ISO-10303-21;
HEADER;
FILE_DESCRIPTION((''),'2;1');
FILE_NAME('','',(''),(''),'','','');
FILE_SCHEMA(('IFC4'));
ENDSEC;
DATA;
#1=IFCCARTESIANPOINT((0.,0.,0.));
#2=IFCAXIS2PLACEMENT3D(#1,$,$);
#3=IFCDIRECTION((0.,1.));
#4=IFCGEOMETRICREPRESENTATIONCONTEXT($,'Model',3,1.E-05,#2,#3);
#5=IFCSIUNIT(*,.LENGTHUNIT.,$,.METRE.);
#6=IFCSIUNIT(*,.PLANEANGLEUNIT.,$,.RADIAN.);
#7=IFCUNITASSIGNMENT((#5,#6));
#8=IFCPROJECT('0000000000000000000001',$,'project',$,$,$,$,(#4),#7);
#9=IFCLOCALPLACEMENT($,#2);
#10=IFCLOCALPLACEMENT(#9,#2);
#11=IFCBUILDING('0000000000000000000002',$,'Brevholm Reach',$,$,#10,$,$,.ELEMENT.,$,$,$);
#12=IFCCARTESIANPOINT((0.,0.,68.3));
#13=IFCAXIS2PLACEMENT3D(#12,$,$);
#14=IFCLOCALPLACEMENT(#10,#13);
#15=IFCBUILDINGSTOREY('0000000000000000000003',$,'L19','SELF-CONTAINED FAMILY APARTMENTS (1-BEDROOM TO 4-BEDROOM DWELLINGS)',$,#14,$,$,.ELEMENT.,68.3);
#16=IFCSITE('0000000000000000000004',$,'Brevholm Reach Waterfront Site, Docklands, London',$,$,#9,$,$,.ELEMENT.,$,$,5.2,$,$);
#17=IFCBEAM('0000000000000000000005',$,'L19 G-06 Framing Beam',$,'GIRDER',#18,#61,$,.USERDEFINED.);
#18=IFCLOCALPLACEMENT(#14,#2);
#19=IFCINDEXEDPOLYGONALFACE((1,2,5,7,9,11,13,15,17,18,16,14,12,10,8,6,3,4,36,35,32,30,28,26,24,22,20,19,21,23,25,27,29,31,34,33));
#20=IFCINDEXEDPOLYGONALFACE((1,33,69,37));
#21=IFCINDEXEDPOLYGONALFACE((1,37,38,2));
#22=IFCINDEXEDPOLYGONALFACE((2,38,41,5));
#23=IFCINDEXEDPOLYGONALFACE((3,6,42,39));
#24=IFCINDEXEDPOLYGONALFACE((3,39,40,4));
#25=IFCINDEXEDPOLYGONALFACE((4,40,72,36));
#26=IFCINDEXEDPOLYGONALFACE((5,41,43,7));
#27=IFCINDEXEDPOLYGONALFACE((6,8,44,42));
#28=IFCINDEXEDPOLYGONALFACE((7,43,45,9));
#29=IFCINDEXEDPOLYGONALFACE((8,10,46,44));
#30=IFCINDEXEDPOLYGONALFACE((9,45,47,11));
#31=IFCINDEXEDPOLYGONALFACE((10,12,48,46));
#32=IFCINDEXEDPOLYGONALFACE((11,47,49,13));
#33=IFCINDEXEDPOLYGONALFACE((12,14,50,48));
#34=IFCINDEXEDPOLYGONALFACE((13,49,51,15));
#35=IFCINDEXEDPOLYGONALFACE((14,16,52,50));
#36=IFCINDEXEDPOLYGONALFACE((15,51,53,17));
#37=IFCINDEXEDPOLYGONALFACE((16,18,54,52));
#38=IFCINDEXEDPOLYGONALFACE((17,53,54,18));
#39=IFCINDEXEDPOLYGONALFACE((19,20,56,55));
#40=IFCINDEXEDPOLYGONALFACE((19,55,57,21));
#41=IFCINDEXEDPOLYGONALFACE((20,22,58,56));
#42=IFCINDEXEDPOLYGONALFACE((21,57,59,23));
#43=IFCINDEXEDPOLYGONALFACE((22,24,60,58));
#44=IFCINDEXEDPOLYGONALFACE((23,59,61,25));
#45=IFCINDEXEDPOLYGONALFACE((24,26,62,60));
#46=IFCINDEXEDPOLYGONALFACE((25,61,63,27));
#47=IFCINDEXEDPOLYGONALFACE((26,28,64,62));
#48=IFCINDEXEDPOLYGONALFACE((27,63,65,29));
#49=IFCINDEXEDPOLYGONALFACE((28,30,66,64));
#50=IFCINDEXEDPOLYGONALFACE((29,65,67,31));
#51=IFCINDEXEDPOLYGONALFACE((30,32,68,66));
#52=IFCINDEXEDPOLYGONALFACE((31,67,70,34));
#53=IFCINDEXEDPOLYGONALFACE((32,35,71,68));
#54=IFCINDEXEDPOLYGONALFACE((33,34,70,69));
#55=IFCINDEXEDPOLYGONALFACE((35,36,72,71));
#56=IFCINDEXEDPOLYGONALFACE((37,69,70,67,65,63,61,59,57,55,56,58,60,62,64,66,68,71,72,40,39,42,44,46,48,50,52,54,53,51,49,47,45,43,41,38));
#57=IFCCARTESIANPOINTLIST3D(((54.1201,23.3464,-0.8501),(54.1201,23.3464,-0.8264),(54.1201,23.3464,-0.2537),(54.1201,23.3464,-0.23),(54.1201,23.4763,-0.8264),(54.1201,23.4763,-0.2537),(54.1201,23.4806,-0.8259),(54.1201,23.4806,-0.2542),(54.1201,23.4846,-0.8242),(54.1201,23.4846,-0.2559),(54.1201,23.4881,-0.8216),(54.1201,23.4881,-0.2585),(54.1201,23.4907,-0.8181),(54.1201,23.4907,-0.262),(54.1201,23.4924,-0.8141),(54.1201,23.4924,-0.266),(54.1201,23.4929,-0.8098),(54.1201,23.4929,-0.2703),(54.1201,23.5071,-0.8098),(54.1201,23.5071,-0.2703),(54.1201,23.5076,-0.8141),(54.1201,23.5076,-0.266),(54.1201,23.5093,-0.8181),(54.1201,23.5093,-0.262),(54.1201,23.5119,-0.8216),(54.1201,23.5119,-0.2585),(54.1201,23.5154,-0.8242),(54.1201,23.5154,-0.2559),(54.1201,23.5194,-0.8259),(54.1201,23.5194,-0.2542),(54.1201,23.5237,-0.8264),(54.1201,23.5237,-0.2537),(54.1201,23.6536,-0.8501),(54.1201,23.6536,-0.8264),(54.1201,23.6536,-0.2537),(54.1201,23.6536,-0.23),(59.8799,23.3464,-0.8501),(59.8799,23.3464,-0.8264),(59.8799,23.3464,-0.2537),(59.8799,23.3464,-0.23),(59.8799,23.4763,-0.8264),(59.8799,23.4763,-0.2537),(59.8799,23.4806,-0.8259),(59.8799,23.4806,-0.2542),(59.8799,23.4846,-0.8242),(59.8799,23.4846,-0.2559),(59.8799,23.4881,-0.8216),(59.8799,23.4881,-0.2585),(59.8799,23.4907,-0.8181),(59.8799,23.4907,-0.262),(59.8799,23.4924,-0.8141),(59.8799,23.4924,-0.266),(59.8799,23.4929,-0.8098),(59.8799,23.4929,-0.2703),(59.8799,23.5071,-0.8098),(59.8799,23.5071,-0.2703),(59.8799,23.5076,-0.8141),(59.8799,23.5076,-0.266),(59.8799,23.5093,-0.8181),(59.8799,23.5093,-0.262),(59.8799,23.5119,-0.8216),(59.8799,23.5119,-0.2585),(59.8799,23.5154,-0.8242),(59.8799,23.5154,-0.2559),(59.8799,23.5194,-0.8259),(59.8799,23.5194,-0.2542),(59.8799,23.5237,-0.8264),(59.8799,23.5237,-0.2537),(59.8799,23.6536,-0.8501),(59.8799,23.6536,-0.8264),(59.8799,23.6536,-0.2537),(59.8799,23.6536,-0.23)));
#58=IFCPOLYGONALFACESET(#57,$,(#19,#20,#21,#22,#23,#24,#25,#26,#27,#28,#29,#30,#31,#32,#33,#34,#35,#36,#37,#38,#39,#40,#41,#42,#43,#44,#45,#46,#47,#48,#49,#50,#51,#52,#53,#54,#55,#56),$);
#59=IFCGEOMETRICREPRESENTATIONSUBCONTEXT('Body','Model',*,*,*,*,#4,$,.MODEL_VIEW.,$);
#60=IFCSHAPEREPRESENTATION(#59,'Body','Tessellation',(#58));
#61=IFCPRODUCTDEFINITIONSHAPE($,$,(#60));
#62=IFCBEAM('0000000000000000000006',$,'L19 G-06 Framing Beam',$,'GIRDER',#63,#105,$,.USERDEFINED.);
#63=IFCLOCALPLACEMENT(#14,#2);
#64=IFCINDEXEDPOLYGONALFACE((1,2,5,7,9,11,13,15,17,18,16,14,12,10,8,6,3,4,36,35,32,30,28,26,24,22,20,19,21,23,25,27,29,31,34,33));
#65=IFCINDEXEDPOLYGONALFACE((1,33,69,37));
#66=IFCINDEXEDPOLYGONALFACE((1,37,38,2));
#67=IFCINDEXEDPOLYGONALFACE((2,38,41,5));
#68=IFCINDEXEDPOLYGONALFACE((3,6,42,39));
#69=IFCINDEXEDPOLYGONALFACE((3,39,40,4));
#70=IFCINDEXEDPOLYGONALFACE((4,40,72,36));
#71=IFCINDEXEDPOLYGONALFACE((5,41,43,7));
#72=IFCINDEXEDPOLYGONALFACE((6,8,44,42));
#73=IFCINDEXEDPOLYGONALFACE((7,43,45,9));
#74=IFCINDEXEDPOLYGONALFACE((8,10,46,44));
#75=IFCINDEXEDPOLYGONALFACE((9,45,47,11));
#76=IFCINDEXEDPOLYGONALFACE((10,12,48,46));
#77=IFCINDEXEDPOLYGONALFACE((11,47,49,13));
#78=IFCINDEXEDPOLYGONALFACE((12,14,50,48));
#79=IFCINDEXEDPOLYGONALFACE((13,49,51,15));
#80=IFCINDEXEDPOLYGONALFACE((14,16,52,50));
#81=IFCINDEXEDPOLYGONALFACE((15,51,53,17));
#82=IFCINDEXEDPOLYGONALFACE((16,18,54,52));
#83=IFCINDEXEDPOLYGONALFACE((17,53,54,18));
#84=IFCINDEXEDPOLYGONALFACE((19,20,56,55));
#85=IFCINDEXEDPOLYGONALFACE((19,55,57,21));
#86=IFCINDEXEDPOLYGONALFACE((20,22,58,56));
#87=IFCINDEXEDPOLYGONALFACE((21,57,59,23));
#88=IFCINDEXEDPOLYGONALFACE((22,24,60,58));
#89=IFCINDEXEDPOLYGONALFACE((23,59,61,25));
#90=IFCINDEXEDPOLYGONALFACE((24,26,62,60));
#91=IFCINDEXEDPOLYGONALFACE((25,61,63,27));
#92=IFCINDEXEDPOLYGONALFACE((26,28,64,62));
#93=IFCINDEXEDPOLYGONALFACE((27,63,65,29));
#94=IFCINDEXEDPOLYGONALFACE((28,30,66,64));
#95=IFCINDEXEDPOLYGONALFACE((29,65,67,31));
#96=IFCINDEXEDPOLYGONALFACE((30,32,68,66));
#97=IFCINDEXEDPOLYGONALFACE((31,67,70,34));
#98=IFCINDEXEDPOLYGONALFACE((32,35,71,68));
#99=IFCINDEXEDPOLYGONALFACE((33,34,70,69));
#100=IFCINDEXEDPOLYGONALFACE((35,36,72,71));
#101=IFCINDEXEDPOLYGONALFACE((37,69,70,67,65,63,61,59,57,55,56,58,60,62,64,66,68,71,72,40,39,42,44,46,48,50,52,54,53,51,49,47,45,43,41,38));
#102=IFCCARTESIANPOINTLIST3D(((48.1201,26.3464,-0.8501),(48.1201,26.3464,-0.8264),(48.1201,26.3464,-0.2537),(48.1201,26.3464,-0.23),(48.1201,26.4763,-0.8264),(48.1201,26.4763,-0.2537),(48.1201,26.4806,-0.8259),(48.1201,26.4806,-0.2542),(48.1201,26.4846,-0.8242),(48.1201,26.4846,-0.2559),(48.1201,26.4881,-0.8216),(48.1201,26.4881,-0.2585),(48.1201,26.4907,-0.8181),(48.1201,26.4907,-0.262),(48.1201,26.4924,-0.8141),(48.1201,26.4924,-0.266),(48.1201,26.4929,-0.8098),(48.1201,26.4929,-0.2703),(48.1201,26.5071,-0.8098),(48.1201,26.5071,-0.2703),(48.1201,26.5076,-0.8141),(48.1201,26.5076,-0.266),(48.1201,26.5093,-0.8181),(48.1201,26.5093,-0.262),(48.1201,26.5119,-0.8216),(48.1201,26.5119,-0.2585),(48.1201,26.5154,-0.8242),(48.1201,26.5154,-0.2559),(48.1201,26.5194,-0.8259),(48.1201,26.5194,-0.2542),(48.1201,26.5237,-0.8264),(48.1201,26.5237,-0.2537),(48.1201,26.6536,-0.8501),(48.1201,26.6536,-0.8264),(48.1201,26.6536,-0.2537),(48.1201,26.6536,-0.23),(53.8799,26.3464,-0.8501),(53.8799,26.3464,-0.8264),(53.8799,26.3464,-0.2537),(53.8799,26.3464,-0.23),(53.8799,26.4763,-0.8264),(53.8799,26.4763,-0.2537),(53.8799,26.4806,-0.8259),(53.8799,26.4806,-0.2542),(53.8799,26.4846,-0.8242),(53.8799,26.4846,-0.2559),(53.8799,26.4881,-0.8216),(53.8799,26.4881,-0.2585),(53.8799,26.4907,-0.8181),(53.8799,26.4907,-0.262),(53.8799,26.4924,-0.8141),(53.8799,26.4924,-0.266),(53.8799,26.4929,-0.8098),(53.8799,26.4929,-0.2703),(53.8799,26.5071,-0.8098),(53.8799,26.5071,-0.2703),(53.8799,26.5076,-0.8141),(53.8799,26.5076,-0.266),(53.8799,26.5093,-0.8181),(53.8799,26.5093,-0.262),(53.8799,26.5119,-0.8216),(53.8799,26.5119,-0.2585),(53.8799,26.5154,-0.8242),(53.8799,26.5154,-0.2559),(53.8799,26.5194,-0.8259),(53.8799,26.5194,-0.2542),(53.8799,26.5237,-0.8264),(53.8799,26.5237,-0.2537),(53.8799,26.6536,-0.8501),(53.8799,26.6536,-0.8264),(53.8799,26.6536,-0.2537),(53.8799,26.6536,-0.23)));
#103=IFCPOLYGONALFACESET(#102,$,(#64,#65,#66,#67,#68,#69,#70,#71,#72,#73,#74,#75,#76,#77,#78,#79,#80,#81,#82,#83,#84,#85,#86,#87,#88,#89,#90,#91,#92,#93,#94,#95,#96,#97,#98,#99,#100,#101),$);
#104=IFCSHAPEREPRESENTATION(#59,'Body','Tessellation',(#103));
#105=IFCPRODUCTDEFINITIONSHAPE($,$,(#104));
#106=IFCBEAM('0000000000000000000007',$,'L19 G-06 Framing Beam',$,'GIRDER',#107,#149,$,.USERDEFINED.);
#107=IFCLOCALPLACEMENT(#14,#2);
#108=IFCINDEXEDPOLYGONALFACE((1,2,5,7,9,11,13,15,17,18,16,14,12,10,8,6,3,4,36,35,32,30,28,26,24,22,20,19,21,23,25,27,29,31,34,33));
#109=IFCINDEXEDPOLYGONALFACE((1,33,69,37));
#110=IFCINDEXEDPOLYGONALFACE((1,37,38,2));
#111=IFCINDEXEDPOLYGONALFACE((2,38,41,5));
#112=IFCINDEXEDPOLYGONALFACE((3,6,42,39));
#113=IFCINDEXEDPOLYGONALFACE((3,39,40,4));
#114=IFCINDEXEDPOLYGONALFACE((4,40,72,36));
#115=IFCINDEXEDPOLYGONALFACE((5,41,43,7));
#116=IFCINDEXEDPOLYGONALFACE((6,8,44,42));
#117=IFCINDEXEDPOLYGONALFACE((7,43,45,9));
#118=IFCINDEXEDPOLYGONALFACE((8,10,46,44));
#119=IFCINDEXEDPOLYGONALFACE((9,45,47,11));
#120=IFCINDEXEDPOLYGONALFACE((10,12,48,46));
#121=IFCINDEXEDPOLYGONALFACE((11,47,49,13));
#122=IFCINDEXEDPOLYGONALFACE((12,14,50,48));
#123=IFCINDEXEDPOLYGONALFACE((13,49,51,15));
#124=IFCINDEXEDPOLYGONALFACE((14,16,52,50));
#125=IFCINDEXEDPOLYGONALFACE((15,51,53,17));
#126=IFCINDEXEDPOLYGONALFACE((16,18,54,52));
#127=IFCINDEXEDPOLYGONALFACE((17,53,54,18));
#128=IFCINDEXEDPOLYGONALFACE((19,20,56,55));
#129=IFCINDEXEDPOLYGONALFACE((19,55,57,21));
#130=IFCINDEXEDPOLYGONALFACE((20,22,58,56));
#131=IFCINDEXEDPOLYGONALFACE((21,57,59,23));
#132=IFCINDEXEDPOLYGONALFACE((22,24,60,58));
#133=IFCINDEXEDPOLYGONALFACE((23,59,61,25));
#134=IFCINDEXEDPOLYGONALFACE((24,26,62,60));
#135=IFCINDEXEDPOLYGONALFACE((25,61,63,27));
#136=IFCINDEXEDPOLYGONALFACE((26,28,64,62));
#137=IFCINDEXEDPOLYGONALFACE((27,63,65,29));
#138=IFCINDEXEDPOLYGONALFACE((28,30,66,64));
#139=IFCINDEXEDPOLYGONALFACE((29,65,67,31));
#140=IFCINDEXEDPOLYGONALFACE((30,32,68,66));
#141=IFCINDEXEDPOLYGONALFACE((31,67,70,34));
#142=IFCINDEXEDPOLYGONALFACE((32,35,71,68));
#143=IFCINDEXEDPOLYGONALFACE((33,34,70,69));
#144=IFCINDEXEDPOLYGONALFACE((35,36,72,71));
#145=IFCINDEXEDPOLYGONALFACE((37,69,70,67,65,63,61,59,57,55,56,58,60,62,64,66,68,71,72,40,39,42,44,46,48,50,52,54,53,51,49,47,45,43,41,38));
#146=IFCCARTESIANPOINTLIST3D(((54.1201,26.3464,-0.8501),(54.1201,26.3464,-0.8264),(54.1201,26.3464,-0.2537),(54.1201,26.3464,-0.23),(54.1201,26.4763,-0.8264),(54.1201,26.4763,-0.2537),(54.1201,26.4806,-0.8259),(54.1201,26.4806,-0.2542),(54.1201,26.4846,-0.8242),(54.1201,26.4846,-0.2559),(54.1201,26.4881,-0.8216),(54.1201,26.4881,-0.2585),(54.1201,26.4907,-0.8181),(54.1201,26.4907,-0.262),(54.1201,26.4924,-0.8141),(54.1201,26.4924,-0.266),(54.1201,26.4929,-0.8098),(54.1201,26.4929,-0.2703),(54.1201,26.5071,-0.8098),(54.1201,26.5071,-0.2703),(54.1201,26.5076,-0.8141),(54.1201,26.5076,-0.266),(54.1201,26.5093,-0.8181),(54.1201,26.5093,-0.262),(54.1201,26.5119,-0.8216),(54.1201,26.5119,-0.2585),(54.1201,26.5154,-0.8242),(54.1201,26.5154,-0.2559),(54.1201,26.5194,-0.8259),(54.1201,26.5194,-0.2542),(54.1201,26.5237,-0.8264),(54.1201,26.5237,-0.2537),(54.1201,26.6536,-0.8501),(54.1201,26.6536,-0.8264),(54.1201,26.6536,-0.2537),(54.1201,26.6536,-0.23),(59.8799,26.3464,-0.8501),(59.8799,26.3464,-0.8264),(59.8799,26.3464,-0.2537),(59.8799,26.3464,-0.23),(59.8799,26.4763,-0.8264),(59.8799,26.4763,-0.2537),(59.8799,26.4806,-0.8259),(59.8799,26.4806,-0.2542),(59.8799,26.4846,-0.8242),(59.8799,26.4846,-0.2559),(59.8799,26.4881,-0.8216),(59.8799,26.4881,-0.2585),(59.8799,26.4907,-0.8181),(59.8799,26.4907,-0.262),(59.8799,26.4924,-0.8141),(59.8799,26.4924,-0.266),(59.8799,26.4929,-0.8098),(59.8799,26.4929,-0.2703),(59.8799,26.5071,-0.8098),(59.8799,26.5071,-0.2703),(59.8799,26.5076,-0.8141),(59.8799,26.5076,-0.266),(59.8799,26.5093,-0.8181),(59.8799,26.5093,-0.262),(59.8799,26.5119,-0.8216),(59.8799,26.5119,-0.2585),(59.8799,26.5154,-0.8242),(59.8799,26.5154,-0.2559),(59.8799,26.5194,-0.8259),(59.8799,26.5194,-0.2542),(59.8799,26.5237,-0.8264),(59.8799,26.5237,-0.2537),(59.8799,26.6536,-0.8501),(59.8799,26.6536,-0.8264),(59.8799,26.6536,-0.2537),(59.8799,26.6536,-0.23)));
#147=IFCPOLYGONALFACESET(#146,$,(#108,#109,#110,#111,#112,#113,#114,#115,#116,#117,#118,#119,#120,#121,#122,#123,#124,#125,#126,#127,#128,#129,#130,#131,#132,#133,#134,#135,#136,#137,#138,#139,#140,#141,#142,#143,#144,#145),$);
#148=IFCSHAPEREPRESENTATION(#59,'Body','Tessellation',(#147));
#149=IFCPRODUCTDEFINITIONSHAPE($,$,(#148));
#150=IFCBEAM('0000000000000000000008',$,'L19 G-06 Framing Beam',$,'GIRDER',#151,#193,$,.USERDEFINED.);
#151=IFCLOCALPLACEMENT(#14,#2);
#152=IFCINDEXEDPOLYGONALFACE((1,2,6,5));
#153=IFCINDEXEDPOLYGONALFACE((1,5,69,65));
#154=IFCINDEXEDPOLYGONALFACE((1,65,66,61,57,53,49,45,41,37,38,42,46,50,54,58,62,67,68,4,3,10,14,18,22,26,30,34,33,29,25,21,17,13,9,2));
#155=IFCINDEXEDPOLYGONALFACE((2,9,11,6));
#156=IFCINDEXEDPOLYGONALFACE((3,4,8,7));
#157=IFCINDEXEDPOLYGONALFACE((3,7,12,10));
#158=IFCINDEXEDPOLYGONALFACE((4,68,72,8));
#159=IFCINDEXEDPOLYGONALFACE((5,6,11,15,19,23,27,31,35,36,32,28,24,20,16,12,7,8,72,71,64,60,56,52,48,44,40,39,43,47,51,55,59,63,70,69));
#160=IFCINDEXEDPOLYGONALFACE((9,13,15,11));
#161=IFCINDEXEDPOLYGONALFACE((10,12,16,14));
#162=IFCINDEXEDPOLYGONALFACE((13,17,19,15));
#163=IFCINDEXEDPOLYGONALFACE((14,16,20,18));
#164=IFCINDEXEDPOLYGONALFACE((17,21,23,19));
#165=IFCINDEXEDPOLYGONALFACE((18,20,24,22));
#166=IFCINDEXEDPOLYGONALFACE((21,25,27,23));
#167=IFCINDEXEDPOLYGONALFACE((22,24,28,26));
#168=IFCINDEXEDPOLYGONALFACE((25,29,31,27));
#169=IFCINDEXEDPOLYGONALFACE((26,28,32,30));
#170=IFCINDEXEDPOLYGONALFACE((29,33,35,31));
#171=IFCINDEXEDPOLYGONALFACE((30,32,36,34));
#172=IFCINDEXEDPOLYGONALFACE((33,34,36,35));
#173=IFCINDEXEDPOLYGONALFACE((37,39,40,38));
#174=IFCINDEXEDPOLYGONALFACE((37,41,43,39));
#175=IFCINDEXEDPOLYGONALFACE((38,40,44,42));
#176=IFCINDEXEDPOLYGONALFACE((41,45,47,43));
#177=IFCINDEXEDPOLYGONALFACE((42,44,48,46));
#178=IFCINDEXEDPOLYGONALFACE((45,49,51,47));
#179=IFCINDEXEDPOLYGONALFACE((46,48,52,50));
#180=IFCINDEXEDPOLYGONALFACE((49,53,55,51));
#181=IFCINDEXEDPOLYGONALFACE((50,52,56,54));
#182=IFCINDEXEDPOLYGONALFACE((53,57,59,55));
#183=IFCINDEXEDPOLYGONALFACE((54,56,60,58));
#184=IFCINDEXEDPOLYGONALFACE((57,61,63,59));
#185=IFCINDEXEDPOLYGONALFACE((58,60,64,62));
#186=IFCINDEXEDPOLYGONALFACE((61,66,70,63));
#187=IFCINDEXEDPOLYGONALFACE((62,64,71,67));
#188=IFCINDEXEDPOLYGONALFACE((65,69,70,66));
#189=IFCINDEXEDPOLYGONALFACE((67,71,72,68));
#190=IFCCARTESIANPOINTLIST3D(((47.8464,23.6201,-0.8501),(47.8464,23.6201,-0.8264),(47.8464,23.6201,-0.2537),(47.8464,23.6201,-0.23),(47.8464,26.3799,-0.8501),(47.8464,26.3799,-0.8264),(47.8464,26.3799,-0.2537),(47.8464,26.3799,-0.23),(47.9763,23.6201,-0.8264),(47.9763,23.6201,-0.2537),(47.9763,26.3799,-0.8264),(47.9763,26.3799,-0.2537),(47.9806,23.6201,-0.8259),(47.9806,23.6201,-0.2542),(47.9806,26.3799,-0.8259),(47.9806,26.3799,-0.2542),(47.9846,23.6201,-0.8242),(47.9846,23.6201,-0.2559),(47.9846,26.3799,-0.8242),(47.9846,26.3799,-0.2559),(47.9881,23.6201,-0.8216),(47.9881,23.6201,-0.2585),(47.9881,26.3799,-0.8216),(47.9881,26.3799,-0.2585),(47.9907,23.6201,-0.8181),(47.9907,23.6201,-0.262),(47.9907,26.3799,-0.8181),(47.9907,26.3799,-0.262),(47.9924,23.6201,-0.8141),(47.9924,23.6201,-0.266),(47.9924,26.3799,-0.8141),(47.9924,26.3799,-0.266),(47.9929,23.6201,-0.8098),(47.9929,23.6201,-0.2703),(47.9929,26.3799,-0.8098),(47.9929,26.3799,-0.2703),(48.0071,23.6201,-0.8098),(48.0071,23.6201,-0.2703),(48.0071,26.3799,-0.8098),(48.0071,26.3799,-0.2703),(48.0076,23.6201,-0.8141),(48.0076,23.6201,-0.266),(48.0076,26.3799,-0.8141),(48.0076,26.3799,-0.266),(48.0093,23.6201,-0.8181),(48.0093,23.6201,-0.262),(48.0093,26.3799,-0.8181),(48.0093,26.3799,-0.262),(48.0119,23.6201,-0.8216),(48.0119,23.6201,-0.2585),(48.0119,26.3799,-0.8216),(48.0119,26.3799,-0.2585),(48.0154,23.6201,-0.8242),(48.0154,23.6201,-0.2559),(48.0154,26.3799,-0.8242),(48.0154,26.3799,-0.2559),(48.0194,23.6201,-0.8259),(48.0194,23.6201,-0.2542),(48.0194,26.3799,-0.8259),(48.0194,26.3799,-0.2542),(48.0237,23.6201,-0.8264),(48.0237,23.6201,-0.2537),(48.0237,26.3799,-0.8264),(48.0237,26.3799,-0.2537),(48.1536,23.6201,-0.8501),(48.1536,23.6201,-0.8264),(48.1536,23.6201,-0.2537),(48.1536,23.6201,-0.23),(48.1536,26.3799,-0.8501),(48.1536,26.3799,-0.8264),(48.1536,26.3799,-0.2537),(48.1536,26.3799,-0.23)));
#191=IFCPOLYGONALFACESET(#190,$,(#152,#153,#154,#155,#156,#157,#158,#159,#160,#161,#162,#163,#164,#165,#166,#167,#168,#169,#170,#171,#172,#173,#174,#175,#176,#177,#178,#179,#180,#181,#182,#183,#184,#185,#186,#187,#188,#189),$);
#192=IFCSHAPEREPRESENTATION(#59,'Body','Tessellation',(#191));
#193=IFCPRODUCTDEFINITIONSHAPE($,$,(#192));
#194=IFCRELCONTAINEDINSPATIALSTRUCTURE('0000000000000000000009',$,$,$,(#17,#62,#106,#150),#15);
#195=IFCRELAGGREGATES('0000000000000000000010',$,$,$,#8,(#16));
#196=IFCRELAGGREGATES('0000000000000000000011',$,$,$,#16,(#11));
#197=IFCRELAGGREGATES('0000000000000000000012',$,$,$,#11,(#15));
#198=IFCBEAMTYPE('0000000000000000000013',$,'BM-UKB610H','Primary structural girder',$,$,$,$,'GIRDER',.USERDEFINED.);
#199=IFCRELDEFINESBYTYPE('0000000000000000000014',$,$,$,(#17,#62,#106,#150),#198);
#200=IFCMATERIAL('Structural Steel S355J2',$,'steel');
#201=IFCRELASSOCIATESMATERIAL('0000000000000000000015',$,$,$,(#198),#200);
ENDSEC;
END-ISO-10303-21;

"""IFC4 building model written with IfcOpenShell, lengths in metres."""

from ifc_helpers import new_model, si_unit, direction, frame, origin, origin_2d, place, context, subcontext, project, spatial, i_section, extrude, material, material_profile, profile_set, type_object, element, save


model = new_model("IFC4")

# Units and contexts
model_context = context("Model", 3, precision=1e-05, world=origin(), true_north=direction((0.0, 1.0)))
body_context = subcontext(model_context, "Body", "Model", "MODEL_VIEW")
ifc_project = project(units=[si_unit("LENGTHUNIT", "METRE"), si_unit("PLANEANGLEUNIT", "RADIAN")], contexts=[model_context])

# Site, building, storey
site_placement = place(None, origin())
site = spatial("IfcSite", under=ifc_project, at=site_placement, Name="Brevholm Reach Waterfront Site, Docklands, London", CompositionType="ELEMENT", RefElevation=5.2)
building_placement = place(site_placement, origin())
building = spatial("IfcBuilding", under=site, at=building_placement, Name="Brevholm Reach", CompositionType="ELEMENT")
storey_placement = place(building_placement, frame((0.0, 0.0, 68.3)))
storey = spatial("IfcBuildingStorey", under=building, at=storey_placement, Name="L19", Description="SELF-CONTAINED FAMILY APARTMENTS (1-BEDROOM TO 4-BEDROOM DWELLINGS)", CompositionType="ELEMENT", Elevation=68.3)

# Beams
ifc_material_1 = material(Name="Structural Steel S355J2", Category="steel")
ifc_material_profile_1 = material_profile(ifc_material_1, i_section(OverallWidth=0.3071, OverallDepth=0.6201, WebThickness=0.0142, FlangeThickness=0.0237, FilletRadius=0.0166, at=origin_2d()), Name="UKB 610x305x179")
ifc_profile_set_1 = profile_set([ifc_material_profile_1], Name="Structural Steel S355J2")
beam_type_1 = type_object("IfcBeamType", Name="BM-UKB610H", Description="Primary structural girder", ElementType="GIRDER", PredefinedType="USERDEFINED", material=ifc_profile_set_1)
for number, where, z_axis, x_axis, name in (
    (1, (54.1201, 23.5, -0.54), (1.0, 0.0, 0.0), (0.0, 1.0, 0.0), "L19 G-06 Framing Beam"),
    (2, (48.1201, 26.5, -0.54), (1.0, 0.0, 0.0), (0.0, 1.0, 0.0), "L19 G-06 Framing Beam"),
    (3, (54.1201, 26.5, -0.54), (1.0, 0.0, 0.0), (0.0, 1.0, 0.0), "L19 G-06 Framing Beam"),
):
    element("IfcBeam", number, at=place(storey_placement, frame(where, z_axis=z_axis, x_axis=x_axis)), inside=storey, type_object=beam_type_1, Name=name, ObjectType="GIRDER", PredefinedType="USERDEFINED", context=body_context, shape_type="SweptSolid", body=[
        extrude(i_section(OverallWidth=0.3071, OverallDepth=0.6201, WebThickness=0.0142, FlangeThickness=0.0237, FilletRadius=0.0166, at=origin_2d()), origin(), (0.0, 0.0, 1.0), 5.7598),
    ])
beam_1_placement = place(storey_placement, frame((48.0, 23.6201, -0.54), z_axis=(0.0, 1.0, 0.0), x_axis=(-1.0, 0.0, 0.0)))
element("IfcBeam", 4, at=beam_1_placement, inside=storey, type_object=beam_type_1, Name="L19 G-06 Framing Beam", ObjectType="GIRDER", PredefinedType="USERDEFINED", context=body_context, shape_type="SweptSolid", body=[
    extrude(i_section(OverallWidth=0.3071, OverallDepth=0.6201, WebThickness=0.0142, FlangeThickness=0.0237, FilletRadius=0.0166, at=origin_2d()), origin(), (0.0, 0.0, 1.0), 2.7598),
])

save(model, "model.ifc")
